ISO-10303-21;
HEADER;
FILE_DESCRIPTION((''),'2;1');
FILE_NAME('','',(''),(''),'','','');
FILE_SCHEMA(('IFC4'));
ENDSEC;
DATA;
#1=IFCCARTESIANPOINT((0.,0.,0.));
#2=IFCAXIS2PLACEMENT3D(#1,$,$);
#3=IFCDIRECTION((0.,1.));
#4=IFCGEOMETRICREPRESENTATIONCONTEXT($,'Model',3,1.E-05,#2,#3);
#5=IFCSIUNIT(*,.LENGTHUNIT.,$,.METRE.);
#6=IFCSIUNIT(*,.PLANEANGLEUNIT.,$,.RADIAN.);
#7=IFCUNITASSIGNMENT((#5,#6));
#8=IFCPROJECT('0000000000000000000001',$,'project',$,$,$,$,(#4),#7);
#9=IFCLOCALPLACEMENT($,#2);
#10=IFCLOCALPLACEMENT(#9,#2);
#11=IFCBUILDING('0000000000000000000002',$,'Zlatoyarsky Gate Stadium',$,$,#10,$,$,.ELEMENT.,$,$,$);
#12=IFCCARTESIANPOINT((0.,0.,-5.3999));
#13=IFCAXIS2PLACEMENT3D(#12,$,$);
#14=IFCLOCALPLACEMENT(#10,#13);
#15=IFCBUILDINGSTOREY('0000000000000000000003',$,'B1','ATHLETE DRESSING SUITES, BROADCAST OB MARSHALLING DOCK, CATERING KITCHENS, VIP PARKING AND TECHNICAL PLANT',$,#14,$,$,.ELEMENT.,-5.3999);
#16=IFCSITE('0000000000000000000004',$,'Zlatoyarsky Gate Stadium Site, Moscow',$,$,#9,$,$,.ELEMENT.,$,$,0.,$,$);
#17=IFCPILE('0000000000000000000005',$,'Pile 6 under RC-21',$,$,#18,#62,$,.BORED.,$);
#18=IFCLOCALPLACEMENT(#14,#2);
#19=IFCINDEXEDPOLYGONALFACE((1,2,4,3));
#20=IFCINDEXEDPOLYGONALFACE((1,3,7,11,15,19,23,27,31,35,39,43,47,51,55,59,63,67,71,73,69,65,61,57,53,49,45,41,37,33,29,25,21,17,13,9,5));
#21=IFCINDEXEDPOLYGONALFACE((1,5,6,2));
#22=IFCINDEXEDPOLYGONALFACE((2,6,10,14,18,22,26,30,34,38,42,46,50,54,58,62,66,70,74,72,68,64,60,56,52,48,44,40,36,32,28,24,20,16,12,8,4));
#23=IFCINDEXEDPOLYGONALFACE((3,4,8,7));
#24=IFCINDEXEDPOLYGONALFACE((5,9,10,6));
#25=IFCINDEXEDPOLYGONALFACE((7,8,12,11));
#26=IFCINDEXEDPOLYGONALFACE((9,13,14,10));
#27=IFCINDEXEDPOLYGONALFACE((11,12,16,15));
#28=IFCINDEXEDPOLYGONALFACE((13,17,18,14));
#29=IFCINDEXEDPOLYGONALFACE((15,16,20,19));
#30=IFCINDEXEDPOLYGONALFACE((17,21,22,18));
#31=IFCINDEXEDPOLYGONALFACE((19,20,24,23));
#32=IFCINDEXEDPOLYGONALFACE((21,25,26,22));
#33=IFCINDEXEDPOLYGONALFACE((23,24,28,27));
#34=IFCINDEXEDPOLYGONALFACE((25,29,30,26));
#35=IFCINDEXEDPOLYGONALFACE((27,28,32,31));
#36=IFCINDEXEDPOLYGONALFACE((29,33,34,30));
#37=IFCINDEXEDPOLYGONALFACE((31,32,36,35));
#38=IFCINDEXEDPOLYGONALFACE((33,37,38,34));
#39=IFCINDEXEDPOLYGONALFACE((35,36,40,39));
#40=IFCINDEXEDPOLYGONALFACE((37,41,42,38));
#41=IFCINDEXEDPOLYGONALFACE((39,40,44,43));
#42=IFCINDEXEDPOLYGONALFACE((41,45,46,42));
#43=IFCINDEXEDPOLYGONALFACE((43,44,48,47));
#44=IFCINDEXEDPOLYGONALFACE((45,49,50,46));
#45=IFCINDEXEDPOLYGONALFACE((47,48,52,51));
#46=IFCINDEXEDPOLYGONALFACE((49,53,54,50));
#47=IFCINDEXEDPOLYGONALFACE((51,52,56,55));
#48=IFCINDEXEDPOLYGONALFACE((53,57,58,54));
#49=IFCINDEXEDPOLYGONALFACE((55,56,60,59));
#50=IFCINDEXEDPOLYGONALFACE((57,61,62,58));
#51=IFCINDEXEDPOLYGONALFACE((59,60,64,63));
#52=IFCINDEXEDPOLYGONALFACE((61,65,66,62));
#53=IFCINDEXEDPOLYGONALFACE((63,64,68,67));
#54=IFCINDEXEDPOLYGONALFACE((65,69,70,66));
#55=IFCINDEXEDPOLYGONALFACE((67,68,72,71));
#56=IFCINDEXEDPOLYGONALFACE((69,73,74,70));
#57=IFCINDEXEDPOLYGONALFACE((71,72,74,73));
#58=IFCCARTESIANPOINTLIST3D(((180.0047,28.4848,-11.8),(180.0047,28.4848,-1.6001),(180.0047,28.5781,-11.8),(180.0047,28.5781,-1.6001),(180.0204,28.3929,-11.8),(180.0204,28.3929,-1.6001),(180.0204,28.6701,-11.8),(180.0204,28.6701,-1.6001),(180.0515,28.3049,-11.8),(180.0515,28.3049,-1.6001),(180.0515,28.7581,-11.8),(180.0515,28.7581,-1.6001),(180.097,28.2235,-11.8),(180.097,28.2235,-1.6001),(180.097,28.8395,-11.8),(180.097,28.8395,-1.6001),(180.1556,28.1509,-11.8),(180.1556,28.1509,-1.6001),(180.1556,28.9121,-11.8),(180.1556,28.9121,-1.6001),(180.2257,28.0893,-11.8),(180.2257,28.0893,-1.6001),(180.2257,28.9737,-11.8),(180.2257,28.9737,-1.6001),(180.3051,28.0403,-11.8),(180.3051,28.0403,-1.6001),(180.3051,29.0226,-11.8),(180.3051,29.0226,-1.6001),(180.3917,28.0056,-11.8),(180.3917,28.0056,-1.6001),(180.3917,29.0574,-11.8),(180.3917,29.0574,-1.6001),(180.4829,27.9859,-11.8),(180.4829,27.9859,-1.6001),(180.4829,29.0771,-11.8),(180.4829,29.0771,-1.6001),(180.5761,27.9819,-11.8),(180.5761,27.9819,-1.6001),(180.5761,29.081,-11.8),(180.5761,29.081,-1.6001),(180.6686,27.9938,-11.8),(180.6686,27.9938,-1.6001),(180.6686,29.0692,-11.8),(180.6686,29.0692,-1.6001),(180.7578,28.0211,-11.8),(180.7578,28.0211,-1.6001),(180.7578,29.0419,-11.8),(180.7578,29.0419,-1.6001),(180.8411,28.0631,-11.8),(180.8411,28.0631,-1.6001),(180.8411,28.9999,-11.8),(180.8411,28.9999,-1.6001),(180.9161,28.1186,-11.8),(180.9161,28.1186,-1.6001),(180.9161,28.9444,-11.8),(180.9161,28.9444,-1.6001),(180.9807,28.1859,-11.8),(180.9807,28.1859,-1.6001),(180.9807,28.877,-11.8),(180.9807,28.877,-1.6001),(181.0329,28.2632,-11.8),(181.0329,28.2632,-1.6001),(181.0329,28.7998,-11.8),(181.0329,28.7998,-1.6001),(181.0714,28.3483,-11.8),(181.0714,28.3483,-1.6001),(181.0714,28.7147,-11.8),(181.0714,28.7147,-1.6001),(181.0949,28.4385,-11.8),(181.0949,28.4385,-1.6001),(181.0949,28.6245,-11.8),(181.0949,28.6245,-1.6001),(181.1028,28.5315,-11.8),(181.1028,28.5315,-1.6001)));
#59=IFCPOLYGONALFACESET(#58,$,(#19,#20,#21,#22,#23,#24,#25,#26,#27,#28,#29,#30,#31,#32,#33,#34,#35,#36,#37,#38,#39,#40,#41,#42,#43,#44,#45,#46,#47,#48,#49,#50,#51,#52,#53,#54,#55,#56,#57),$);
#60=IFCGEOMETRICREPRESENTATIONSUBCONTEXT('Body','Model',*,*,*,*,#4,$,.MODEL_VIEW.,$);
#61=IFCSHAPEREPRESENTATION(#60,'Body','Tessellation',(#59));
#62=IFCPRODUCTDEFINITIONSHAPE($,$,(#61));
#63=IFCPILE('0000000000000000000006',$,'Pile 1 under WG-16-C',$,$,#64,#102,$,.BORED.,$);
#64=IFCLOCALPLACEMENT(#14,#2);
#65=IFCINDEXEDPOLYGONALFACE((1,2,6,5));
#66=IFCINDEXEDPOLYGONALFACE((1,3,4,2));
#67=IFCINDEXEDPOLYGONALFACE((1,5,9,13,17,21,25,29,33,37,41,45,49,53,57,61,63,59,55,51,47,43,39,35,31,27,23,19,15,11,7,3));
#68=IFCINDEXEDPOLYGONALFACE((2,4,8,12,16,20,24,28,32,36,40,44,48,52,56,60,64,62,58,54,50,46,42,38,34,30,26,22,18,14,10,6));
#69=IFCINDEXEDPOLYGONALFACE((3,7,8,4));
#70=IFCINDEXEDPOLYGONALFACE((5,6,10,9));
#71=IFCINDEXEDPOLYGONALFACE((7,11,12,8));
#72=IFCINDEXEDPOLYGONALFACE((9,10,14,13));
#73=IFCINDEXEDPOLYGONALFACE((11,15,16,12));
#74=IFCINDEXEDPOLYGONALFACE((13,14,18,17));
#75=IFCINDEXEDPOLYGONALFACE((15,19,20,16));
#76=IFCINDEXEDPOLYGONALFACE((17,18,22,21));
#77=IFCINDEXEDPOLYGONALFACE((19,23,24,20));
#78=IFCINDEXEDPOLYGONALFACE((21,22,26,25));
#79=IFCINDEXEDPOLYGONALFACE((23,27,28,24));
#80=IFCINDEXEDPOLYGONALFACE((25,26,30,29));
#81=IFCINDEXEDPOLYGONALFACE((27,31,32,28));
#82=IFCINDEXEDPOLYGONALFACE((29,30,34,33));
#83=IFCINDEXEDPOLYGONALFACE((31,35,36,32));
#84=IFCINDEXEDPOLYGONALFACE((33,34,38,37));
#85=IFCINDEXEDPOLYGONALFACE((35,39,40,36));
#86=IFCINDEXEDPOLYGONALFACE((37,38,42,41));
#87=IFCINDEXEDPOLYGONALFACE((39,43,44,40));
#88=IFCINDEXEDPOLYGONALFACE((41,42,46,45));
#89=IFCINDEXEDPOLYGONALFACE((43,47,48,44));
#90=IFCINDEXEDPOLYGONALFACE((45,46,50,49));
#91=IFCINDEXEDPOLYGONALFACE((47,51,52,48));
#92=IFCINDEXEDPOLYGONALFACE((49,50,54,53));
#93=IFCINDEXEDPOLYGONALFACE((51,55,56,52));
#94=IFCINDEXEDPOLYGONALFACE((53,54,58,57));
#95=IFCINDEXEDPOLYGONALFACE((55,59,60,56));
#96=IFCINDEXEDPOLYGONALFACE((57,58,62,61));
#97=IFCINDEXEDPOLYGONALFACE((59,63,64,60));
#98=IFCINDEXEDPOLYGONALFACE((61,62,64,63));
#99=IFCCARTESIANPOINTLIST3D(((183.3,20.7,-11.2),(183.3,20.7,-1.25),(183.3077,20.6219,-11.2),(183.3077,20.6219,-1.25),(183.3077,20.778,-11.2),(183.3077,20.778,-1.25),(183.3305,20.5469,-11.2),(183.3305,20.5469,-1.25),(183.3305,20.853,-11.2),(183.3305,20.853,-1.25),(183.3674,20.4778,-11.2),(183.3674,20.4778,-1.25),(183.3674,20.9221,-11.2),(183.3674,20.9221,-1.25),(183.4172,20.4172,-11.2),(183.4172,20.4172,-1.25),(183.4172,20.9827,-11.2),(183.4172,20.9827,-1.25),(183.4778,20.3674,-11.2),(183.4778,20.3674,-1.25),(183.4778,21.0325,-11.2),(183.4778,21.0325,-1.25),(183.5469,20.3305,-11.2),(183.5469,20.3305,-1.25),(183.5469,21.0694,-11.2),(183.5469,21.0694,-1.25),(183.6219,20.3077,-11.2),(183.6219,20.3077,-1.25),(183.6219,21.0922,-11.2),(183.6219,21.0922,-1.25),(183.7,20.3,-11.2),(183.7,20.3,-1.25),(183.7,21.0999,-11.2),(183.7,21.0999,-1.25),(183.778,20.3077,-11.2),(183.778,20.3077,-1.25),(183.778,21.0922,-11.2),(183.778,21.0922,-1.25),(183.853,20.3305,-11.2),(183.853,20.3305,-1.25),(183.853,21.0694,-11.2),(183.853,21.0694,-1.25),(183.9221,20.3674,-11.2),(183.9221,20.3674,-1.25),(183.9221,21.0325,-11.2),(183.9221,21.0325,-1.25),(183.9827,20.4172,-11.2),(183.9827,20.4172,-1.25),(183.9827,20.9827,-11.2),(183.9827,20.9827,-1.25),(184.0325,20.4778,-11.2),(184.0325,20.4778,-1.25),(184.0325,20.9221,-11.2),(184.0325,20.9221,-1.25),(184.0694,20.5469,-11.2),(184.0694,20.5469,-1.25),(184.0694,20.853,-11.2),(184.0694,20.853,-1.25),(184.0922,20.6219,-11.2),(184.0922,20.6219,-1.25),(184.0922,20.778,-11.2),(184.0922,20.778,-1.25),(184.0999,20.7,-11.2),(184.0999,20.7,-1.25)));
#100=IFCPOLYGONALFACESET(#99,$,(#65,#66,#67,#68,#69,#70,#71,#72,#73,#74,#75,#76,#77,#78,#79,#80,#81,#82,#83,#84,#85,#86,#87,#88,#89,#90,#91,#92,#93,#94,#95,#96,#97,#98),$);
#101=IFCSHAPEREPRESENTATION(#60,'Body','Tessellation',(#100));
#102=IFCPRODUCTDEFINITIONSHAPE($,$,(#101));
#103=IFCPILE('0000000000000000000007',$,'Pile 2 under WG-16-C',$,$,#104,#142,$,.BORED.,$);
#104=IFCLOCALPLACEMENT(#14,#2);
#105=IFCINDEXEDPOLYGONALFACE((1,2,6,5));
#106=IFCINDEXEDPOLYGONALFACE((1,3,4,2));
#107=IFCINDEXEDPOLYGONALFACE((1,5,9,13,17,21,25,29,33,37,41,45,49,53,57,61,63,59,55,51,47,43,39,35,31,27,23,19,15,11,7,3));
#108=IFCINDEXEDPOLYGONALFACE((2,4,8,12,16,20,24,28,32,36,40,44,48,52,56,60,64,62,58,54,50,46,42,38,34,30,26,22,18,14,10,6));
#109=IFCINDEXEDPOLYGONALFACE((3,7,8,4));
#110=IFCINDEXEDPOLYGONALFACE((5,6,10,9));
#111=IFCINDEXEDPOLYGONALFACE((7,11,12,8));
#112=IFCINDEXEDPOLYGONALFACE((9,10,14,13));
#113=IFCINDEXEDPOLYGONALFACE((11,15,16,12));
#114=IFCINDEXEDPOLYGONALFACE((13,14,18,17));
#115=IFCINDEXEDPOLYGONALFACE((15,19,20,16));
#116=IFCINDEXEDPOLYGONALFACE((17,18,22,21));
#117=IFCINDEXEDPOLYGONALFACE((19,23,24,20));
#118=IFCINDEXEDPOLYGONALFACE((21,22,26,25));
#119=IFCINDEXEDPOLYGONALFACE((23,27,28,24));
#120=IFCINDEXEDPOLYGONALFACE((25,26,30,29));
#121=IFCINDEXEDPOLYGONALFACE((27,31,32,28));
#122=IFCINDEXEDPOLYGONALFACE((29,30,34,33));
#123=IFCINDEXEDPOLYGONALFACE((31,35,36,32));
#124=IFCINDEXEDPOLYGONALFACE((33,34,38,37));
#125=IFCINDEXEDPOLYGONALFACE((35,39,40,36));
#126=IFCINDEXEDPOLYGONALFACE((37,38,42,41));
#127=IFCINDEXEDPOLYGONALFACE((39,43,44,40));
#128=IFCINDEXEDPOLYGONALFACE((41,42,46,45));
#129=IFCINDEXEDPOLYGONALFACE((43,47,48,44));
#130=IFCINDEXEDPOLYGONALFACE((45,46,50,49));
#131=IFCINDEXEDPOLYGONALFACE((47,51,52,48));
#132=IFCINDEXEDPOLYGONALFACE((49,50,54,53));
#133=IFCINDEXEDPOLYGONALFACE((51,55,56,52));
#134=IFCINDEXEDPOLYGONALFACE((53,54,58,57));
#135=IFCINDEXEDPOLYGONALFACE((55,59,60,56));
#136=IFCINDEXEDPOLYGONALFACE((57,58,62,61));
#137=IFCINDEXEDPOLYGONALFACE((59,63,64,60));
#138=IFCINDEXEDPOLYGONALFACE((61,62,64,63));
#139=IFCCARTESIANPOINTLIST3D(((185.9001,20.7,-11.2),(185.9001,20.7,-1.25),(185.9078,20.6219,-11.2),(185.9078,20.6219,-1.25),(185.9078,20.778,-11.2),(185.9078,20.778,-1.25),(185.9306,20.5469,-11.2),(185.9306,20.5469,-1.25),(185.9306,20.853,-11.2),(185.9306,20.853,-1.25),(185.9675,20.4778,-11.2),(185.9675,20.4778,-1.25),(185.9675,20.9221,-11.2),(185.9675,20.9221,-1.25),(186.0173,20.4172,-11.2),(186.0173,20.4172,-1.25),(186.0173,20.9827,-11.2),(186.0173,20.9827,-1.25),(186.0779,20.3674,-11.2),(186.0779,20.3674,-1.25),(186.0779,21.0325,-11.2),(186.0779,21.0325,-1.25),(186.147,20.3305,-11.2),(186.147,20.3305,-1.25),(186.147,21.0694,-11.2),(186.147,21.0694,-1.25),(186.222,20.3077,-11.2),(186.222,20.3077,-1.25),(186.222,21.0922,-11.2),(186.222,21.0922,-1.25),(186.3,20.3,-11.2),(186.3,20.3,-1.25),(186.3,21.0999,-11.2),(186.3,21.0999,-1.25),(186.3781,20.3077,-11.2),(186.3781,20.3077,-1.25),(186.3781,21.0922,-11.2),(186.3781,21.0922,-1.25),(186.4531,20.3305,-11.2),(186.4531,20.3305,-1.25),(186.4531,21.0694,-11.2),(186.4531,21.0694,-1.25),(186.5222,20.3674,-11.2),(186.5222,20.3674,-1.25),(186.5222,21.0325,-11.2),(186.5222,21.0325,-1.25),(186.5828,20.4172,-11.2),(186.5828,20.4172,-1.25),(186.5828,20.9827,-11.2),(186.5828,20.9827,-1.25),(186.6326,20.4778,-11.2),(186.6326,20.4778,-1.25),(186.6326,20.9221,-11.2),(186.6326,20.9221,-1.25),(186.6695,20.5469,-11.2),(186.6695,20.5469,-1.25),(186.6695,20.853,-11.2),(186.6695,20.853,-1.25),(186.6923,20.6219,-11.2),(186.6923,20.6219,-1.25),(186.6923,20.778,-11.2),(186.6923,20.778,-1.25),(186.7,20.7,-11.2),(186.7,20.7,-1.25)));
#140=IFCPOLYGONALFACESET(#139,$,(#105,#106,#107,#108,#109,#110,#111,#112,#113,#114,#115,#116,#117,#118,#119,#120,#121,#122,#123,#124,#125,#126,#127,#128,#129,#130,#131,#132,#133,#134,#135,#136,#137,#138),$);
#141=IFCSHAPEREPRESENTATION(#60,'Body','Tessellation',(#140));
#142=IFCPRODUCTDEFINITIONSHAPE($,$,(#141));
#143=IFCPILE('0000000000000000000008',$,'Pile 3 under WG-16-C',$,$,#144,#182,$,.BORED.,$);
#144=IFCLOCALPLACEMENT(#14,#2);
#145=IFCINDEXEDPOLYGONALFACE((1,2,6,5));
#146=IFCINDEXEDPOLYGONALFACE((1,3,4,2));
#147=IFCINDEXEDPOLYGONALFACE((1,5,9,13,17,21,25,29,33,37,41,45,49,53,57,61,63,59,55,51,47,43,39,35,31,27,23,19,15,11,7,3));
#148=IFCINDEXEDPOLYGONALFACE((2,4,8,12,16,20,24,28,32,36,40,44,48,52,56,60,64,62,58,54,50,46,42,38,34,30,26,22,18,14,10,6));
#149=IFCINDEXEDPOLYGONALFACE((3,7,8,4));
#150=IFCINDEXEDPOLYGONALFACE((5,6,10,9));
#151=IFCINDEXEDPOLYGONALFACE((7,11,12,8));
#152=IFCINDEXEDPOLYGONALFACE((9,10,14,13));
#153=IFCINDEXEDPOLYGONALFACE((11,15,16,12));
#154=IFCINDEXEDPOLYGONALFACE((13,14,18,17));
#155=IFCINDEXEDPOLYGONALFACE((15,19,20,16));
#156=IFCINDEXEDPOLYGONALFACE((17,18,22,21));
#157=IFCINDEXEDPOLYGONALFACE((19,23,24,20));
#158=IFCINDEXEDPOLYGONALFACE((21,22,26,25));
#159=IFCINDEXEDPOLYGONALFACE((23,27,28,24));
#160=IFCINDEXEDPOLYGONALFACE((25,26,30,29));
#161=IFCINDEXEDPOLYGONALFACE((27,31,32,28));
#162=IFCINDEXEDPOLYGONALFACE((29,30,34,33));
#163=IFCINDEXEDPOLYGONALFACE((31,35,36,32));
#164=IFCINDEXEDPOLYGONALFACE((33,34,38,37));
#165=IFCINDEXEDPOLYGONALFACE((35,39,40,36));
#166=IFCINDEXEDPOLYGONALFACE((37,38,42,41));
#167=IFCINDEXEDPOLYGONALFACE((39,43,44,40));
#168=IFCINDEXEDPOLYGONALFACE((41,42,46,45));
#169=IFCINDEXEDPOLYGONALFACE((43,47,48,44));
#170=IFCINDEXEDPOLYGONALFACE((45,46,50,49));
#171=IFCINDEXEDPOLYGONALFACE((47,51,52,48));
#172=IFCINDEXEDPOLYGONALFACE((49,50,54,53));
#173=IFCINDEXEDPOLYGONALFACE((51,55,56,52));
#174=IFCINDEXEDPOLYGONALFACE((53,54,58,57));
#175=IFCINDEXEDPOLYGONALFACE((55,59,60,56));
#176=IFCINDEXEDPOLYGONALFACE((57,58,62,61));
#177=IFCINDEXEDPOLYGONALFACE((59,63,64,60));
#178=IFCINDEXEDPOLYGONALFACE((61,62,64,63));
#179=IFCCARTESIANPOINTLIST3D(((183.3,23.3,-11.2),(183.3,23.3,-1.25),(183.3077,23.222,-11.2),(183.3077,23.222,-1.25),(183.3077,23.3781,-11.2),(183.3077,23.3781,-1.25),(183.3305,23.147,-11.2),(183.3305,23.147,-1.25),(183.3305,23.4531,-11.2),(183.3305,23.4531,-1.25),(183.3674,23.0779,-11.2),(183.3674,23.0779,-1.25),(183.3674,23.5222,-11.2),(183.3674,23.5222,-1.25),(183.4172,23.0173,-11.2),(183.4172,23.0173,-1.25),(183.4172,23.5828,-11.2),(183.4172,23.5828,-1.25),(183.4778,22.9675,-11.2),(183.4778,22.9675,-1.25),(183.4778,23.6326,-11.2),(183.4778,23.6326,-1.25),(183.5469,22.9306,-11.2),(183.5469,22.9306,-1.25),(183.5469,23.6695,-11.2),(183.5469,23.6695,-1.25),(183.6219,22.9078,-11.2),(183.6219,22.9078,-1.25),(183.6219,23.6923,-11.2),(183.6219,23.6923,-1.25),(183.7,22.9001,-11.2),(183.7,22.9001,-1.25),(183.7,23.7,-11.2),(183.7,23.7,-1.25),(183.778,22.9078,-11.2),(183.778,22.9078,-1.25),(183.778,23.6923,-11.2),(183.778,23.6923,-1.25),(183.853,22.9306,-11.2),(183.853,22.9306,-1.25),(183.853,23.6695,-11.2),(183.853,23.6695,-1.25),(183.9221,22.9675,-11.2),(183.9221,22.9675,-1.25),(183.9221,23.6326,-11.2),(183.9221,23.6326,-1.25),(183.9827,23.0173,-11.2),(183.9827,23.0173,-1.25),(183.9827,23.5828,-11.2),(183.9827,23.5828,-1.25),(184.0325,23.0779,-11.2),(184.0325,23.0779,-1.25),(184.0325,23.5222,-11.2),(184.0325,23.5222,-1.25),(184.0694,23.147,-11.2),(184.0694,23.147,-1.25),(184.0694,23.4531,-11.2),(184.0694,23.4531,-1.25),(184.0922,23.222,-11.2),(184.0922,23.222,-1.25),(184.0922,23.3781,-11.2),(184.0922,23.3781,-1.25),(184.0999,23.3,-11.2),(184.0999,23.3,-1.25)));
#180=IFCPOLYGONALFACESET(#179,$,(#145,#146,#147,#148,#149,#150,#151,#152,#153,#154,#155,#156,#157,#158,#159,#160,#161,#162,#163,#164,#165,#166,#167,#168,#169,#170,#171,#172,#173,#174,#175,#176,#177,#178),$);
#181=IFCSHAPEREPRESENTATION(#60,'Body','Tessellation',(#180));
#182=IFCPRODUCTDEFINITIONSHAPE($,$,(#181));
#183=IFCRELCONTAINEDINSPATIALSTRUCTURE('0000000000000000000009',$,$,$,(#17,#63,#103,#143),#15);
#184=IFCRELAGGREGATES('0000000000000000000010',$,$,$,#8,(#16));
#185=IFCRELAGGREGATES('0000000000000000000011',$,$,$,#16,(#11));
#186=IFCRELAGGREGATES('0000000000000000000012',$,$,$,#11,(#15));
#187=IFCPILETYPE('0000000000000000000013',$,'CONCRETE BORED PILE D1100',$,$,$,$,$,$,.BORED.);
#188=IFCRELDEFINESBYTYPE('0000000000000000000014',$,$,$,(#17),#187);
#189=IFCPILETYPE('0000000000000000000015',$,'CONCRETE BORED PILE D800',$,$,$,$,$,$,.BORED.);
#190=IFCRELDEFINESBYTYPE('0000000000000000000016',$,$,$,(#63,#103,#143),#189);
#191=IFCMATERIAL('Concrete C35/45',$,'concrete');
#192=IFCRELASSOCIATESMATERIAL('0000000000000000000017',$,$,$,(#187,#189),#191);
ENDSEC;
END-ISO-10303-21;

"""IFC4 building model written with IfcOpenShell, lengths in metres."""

from ifc_helpers import new_model, si_unit, direction, frame, origin, origin_2d, place, context, subcontext, project, spatial, circle, extrude, material, material_profile, profile_set, type_object, element, save


model = new_model("IFC4")

# Units and contexts
model_context = context("Model", 3, precision=1e-05, world=origin(), true_north=direction((0.0, 1.0)))
body_context = subcontext(model_context, "Body", "Model", "MODEL_VIEW")
ifc_project = project(units=[si_unit("LENGTHUNIT", "METRE"), si_unit("PLANEANGLEUNIT", "RADIAN")], contexts=[model_context])

# Site, building, storey
site_placement = place(None, origin())
site = spatial("IfcSite", under=ifc_project, at=site_placement, Name="Zlatoyarsky Gate Stadium Site, Moscow", CompositionType="ELEMENT", RefElevation=0.0)
building_placement = place(site_placement, origin())
building = spatial("IfcBuilding", under=site, at=building_placement, Name="Zlatoyarsky Gate Stadium", CompositionType="ELEMENT")
storey_placement = place(building_placement, frame((0.0, 0.0, -5.3999)))
storey = spatial("IfcBuildingStorey", under=building, at=storey_placement, Name="B1", Description="ATHLETE DRESSING SUITES, BROADCAST OB MARSHALLING DOCK, CATERING KITCHENS, VIP PARKING AND TECHNICAL PLANT", CompositionType="ELEMENT", Elevation=-5.3999)

# Piles
ifc_material_1 = material(Name="Concrete C35/45", Category="concrete")
ifc_material_profile_1 = material_profile(ifc_material_1, circle(Radius=0.55, at=origin_2d()), Name="BORED PILE D1100")
ifc_profile_set_1 = profile_set([ifc_material_profile_1], Name="Concrete C35/45")
pile_type_1 = type_object("IfcPileType", Name="CONCRETE BORED PILE D1100", PredefinedType="BORED", material=ifc_profile_set_1)
pile_placement = place(storey_placement, frame((180.5527, 28.5315, -1.6001), z_axis=(0.0, 0.0, -1.0), x_axis=(1.0, 0.0, 0.0)))
element("IfcPile", 1, at=pile_placement, inside=storey, type_object=pile_type_1, Name="Pile 6 under RC-21", PredefinedType="BORED", context=body_context, shape_type="SweptSolid", body=[
    extrude(circle(Radius=0.55, at=origin_2d()), origin(), (0.0, 0.0, 1.0), 10.2),
])
ifc_material_profile_2 = material_profile(ifc_material_1, circle(Radius=0.3999, at=origin_2d()), Name="BORED PILE D800")
ifc_profile_set_2 = profile_set([ifc_material_profile_2], Name="Concrete C35/45")
pile_type_2 = type_object("IfcPileType", Name="CONCRETE BORED PILE D800", PredefinedType="BORED", material=ifc_profile_set_2)
for number, where, z_axis, x_axis, name in (
    (2, (183.7, 20.7, -1.25), (0.0, 0.0, -1.0), (1.0, 0.0, 0.0), "Pile 1 under WG-16-C"),
    (3, (186.3, 20.7, -1.25), (0.0, 0.0, -1.0), (1.0, 0.0, 0.0), "Pile 2 under WG-16-C"),
    (4, (183.7, 23.3, -1.25), (0.0, 0.0, -1.0), (1.0, 0.0, 0.0), "Pile 3 under WG-16-C"),
):
    element("IfcPile", number, at=place(storey_placement, frame(where, z_axis=z_axis, x_axis=x_axis)), inside=storey, type_object=pile_type_2, Name=name, PredefinedType="BORED", context=body_context, shape_type="SweptSolid", body=[
        extrude(circle(Radius=0.3999, at=origin_2d()), origin(), (0.0, 0.0, 1.0), 9.95),
    ])

save(model, "model.ifc")
